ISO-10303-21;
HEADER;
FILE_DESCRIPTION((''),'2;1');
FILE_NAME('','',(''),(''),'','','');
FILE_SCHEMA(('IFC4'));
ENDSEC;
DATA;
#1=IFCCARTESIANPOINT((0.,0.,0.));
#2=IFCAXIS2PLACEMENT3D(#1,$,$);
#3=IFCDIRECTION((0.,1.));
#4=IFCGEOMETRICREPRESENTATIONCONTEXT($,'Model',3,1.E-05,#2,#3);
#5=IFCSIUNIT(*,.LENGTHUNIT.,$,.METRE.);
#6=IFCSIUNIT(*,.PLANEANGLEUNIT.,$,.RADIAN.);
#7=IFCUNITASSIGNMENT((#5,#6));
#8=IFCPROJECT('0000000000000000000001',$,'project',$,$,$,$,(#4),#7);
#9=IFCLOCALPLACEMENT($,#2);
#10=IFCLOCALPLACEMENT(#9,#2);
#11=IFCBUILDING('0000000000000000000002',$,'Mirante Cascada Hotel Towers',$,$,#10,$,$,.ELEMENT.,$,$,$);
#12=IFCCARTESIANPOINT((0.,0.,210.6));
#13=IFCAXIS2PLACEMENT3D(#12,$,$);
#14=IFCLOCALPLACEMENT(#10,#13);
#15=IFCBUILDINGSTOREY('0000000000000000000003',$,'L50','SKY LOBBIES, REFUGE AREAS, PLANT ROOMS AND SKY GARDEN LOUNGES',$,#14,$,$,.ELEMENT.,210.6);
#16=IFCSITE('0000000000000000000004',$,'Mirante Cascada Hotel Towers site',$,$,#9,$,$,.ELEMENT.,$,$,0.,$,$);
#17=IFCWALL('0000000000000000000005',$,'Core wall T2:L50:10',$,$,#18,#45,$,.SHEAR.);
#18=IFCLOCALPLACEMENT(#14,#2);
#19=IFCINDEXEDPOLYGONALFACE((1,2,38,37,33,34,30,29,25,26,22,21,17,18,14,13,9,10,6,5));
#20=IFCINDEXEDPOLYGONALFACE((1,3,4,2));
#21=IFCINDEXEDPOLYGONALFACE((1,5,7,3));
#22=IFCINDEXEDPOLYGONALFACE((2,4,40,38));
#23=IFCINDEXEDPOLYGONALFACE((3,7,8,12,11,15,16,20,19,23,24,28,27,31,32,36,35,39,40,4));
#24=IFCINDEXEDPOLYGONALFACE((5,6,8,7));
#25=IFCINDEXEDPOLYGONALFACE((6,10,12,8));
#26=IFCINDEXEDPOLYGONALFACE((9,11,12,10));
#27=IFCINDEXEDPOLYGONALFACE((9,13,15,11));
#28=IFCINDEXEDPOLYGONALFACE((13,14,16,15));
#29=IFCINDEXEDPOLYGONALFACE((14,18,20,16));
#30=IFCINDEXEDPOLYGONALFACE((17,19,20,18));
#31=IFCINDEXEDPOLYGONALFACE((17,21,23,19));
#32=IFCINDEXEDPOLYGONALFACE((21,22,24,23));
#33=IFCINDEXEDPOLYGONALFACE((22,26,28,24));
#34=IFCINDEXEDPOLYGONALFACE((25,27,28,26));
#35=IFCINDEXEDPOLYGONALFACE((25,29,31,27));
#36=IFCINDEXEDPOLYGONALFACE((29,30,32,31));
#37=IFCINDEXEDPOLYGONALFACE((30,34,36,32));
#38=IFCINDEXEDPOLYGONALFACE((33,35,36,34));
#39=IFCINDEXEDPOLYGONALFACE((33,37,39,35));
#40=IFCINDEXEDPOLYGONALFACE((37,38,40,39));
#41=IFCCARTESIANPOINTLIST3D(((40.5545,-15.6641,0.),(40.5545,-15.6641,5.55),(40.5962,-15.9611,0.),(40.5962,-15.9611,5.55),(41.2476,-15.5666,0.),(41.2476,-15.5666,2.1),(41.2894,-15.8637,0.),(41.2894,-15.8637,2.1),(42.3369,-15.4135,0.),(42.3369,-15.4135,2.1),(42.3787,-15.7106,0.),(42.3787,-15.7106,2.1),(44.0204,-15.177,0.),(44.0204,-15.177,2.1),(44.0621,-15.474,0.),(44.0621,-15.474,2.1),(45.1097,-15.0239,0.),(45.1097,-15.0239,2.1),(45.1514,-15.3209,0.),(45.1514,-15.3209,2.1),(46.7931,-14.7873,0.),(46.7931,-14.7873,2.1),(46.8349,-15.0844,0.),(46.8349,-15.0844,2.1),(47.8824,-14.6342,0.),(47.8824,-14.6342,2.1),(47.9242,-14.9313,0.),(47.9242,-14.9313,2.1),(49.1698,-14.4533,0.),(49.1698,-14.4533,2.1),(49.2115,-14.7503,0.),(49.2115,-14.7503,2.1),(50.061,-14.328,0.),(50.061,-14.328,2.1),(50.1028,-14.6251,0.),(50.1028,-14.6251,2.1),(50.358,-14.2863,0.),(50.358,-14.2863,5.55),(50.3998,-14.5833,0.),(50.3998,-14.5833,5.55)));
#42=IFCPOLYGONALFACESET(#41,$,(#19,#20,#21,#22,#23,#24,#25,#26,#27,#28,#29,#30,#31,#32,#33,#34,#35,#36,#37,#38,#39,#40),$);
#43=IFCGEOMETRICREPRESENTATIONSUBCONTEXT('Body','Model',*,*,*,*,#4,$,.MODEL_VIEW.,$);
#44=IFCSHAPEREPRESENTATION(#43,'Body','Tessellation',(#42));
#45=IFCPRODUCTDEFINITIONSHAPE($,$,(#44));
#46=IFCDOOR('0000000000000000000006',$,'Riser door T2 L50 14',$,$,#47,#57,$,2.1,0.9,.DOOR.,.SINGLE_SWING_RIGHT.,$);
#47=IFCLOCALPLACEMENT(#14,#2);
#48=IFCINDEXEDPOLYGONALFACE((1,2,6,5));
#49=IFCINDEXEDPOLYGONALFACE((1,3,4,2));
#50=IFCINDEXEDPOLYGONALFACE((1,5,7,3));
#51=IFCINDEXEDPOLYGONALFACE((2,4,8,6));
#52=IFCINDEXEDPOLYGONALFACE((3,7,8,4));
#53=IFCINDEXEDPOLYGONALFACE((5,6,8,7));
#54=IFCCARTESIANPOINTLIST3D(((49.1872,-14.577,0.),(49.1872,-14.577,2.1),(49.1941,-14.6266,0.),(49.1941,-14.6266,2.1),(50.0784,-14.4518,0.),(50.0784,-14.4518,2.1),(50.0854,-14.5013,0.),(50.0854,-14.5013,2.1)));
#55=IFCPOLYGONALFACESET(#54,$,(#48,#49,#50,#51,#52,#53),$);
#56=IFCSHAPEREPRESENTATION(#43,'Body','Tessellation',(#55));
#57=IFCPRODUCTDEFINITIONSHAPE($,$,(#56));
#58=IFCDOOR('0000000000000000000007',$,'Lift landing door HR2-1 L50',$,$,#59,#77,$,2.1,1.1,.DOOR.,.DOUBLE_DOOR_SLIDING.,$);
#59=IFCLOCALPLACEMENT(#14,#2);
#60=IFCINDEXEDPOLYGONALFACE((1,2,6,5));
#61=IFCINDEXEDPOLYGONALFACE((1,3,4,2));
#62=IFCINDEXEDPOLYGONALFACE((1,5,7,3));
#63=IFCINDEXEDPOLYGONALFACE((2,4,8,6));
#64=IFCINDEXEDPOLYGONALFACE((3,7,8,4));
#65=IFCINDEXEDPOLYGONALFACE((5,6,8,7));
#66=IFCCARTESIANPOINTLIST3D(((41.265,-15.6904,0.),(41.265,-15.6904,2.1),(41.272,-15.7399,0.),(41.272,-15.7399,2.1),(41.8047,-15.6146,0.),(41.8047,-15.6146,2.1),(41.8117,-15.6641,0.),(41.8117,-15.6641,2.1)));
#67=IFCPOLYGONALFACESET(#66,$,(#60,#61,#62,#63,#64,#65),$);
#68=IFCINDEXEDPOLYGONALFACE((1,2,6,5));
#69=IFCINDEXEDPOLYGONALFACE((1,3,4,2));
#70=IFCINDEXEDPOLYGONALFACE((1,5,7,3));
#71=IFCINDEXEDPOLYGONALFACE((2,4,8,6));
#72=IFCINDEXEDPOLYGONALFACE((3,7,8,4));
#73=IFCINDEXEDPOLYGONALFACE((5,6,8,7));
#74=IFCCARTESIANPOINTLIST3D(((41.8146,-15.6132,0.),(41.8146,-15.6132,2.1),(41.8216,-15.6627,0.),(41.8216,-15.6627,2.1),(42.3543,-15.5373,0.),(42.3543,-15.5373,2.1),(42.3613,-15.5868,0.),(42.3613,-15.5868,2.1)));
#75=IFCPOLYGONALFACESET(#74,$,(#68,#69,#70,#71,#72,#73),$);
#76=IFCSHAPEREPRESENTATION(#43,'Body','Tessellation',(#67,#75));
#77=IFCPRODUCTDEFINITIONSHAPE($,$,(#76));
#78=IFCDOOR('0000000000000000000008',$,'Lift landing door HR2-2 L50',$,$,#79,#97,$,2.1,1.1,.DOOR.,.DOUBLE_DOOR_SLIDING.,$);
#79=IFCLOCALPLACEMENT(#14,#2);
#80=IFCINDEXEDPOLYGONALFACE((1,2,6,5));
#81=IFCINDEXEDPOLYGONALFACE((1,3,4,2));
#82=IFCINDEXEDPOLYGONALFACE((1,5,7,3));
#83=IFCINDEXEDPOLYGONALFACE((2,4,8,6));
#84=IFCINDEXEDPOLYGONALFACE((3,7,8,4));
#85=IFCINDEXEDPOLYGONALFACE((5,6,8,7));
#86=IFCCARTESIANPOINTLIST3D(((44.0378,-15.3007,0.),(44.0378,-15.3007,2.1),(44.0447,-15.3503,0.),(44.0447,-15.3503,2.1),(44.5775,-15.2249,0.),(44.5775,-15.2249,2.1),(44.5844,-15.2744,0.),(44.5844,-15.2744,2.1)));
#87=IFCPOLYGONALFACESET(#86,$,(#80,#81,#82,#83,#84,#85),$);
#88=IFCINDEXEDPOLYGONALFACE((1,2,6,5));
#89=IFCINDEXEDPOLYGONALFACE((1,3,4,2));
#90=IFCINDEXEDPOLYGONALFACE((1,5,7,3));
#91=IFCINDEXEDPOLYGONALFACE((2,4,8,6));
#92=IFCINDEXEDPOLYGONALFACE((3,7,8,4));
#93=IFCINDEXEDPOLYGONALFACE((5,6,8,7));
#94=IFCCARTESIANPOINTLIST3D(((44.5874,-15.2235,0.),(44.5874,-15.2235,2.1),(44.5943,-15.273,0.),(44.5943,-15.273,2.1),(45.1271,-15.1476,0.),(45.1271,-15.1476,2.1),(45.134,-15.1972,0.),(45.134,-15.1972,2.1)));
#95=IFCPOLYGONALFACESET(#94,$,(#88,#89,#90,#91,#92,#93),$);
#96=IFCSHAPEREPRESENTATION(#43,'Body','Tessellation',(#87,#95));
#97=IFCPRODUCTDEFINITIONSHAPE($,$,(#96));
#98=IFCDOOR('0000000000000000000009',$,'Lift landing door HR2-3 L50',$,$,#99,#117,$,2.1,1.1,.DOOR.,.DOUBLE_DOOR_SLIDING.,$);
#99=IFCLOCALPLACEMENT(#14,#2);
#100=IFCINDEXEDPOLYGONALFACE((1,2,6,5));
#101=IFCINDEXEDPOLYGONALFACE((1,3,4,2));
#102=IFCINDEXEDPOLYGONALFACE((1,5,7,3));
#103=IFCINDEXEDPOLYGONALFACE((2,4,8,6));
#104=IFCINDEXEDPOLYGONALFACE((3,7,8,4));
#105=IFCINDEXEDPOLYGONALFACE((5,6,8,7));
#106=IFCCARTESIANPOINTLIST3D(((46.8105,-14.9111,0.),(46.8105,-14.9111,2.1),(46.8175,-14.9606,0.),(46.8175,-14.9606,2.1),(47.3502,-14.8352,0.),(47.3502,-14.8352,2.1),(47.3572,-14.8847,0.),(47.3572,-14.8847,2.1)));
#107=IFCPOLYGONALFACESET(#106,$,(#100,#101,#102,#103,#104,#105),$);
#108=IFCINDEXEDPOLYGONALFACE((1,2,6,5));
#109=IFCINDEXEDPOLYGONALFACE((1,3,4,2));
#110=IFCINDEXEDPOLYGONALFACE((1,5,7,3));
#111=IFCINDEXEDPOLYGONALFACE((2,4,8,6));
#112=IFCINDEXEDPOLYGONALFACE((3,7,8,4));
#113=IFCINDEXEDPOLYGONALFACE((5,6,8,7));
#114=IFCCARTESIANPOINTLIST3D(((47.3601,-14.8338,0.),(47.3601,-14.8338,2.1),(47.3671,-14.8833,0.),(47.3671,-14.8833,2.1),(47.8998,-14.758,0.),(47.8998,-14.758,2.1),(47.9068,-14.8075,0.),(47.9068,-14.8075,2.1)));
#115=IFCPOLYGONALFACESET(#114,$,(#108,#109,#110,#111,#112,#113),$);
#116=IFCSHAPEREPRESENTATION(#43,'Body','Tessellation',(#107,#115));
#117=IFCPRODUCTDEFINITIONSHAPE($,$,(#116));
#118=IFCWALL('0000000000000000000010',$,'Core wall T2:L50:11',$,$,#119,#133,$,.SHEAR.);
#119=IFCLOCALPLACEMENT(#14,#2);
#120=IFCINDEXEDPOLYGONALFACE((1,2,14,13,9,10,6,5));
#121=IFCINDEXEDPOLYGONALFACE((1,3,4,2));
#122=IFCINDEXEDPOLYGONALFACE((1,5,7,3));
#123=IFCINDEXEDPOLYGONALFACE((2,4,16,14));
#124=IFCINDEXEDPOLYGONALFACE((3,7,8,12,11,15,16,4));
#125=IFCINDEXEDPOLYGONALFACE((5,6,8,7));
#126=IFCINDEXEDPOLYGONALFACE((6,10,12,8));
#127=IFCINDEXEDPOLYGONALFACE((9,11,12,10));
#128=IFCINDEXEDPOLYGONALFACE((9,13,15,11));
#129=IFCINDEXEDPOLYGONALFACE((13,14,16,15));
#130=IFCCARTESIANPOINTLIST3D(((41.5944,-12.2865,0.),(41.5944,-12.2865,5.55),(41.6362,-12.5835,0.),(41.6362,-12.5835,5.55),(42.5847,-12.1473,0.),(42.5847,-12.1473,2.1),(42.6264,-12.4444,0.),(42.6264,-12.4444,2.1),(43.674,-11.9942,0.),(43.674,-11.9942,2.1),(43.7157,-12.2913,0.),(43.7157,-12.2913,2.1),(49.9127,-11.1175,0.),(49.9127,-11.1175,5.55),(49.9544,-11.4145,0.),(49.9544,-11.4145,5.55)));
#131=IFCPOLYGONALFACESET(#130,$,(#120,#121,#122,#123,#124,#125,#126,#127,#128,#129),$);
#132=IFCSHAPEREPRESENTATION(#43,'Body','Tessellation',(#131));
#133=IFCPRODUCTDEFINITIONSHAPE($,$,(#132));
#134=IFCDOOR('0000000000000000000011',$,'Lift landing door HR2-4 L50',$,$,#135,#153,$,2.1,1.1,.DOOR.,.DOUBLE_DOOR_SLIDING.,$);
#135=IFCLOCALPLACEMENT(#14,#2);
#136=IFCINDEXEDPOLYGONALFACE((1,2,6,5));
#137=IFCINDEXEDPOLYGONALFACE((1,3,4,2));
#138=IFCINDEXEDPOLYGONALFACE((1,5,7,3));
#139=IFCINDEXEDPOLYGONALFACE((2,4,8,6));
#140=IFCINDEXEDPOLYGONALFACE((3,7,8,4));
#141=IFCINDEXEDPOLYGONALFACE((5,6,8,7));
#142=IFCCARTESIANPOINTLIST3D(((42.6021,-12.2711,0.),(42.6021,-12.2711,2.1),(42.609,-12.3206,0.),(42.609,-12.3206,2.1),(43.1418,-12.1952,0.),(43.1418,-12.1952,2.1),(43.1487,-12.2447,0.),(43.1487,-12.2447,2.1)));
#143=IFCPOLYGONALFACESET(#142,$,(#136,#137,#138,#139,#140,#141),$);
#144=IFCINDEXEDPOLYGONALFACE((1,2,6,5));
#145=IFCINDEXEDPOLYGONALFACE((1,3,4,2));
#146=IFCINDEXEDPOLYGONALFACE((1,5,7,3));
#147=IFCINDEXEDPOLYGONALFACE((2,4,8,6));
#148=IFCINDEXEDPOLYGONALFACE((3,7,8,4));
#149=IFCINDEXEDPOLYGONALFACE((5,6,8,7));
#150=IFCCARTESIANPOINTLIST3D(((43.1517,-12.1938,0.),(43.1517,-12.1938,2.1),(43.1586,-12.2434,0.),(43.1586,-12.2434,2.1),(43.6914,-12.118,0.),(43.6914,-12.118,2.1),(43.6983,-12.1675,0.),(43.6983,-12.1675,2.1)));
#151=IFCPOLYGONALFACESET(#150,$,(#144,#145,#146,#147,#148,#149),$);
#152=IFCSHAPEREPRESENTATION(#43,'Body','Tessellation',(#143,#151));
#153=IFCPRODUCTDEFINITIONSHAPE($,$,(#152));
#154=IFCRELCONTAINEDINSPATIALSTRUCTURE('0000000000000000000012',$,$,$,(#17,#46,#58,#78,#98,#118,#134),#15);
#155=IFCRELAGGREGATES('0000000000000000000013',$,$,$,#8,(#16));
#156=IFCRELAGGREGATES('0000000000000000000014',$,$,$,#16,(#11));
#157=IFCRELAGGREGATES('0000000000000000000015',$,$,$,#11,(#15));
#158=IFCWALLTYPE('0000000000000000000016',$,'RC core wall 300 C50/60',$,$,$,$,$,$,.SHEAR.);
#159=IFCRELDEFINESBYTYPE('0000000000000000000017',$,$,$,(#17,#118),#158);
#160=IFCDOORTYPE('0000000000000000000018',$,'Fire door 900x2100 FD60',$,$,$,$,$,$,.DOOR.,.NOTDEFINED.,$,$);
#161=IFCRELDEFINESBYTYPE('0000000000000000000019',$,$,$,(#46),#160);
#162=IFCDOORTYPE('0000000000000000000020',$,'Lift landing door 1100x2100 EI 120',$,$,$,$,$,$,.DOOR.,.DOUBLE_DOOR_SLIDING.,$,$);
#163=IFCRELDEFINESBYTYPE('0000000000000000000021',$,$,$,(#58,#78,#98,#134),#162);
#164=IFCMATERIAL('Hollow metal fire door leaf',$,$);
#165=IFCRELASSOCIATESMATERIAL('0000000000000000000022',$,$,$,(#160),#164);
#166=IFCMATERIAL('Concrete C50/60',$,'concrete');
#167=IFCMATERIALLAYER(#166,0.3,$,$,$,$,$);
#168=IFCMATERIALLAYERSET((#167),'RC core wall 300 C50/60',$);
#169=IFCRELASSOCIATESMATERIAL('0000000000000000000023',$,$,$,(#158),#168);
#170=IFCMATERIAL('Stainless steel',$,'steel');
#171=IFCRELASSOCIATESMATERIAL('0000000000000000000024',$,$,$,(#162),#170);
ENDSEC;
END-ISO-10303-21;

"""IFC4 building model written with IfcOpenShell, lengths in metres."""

from ifc_helpers import new_model, si_unit, direction, frame, frame_2d, origin, place, context, subcontext, project, spatial, rectangle, extrude, material, layer, layer_set, type_object, element, fill, save


model = new_model("IFC4")

# Units and contexts
model_context = context("Model", 3, precision=1e-05, world=origin(), true_north=direction((0.0, 1.0)))
body_context = subcontext(model_context, "Body", "Model", "MODEL_VIEW")
ifc_project = project(units=[si_unit("LENGTHUNIT", "METRE"), si_unit("PLANEANGLEUNIT", "RADIAN")], contexts=[model_context])

# Site, building, storey
site_placement = place(None, origin())
site = spatial("IfcSite", under=ifc_project, at=site_placement, Name="Mirante Cascada Hotel Towers site", CompositionType="ELEMENT", RefElevation=0.0)
building_placement = place(site_placement, origin())
building = spatial("IfcBuilding", under=site, at=building_placement, Name="Mirante Cascada Hotel Towers", CompositionType="ELEMENT")
storey_placement = place(building_placement, frame((0.0, 0.0, 210.6)))
storey = spatial("IfcBuildingStorey", under=building, at=storey_placement, Name="L50", Description="SKY LOBBIES, REFUGE AREAS, PLANT ROOMS AND SKY GARDEN LOUNGES", CompositionType="ELEMENT", Elevation=210.6)

# Shared definitions
ifc_material_1 = material(Name="Hollow metal fire door leaf")
door_type_1 = type_object("IfcDoorType", Name="Fire door 900x2100 FD60", OperationType="NOTDEFINED", PredefinedType="DOOR", material=ifc_material_1)

# Shared definitions
ifc_material_2 = material(Name="Concrete C50/60", Category="concrete")
ifc_layer_1 = layer(ifc_material_2, 0.3)
ifc_layer_set_1 = layer_set([ifc_layer_1], Name="RC core wall 300 C50/60")
wall_type_1 = type_object("IfcWallType", Name="RC core wall 300 C50/60", PredefinedType="SHEAR", material=ifc_layer_set_1)

# Wall, openings, doors
wall_1_placement = place(storey_placement, frame((40.5753, -15.8126, 0.0), z_axis=(0.0, 0.0, 1.0), x_axis=(0.990268, 0.139173, 0.0)))
wall_1 = element("IfcWall", 1, at=wall_1_placement, inside=storey, type_object=wall_type_1, Name="Core wall T2:L50:10", PredefinedType="SHEAR", context=body_context, shape_type="SweptSolid", body=[
    extrude(rectangle(XDim=9.8999, YDim=0.3, at=frame_2d((4.95, 0.0))), origin(), (0.0, 0.0, 1.0), 5.55),
])
opening_1_placement = place(wall_1_placement, frame((0.7, 0.0, 0.0)))
opening_1 = element("IfcOpeningElement", 2, at=opening_1_placement, cuts=wall_1, PredefinedType="OPENING", context=body_context, shape_type="SweptSolid", body=[
    extrude(rectangle(XDim=1.1, YDim=2.1, at=frame_2d((0.55, 1.05))), frame((0.0, 0.15, 0.0), z_axis=(0.0, -1.0, 0.0), x_axis=(1.0, 0.0, 0.0)), (0.0, 0.0, 1.0), 0.3),
])
opening_2_placement = place(wall_1_placement, frame((3.5, 0.0, 0.0)))
opening_2 = element("IfcOpeningElement", 3, at=opening_2_placement, cuts=wall_1, PredefinedType="OPENING", context=body_context, shape_type="SweptSolid", body=[
    extrude(rectangle(XDim=1.1, YDim=2.1, at=frame_2d((0.55, 1.05))), frame((0.0, 0.15, 0.0), z_axis=(0.0, -1.0, 0.0), x_axis=(1.0, 0.0, 0.0)), (0.0, 0.0, 1.0), 0.3),
])
opening_3_placement = place(wall_1_placement, frame((6.3, 0.0, 0.0)))
opening_3 = element("IfcOpeningElement", 4, at=opening_3_placement, cuts=wall_1, PredefinedType="OPENING", context=body_context, shape_type="SweptSolid", body=[
    extrude(rectangle(XDim=1.1, YDim=2.1, at=frame_2d((0.55, 1.05))), frame((0.0, 0.15, 0.0), z_axis=(0.0, -1.0, 0.0), x_axis=(1.0, 0.0, 0.0)), (0.0, 0.0, 1.0), 0.3),
])
opening_4_placement = place(wall_1_placement, frame((8.7, 0.0, 0.0)))
opening_4 = element("IfcOpeningElement", 5, at=opening_4_placement, cuts=wall_1, PredefinedType="OPENING", context=body_context, shape_type="SweptSolid", body=[
    extrude(rectangle(XDim=0.9, YDim=2.1, at=frame_2d((0.45, 1.05))), frame((0.0, 0.15, 0.0), z_axis=(0.0, -1.0, 0.0), x_axis=(1.0, 0.0, 0.0)), (0.0, 0.0, 1.0), 0.3),
])
door_1_placement = place(opening_4_placement, frame((0.9, 0.0, 0.0), z_axis=(0.0, 0.0, 1.0), x_axis=(-1.0, 0.0, 0.0)))
door_1 = element("IfcDoor", 6, at=door_1_placement, inside=storey, type_object=door_type_1, Name="Riser door T2 L50 14", OperationType="SINGLE_SWING_RIGHT", OverallHeight=2.1, OverallWidth=0.9, PredefinedType="DOOR", context=body_context, shape_type="SweptSolid", body=[
    extrude(rectangle(XDim=0.9, YDim=2.1, at=frame_2d((0.45, 1.05))), frame((0.0, 0.025, 0.0), z_axis=(0.0, -1.0, 0.0), x_axis=(1.0, 0.0, 0.0)), (0.0, 0.0, 1.0), 0.05),
])
fill(opening_4, door_1)
ifc_material_3 = material(Name="Stainless steel", Category="steel")
door_type_2 = type_object("IfcDoorType", Name="Lift landing door 1100x2100 EI 120", OperationType="DOUBLE_DOOR_SLIDING", PredefinedType="DOOR", material=ifc_material_3)
door_2_placement = place(opening_1_placement, origin())
door_2 = element("IfcDoor", 7, at=door_2_placement, inside=storey, type_object=door_type_2, Name="Lift landing door HR2-1 L50", OperationType="DOUBLE_DOOR_SLIDING", OverallHeight=2.1, OverallWidth=1.1, PredefinedType="DOOR", context=body_context, shape_type="SweptSolid", body=[
    extrude(rectangle(XDim=0.545, YDim=2.1, at=frame_2d((0.2725, 1.05))), frame((0.0, 0.025, 0.0), z_axis=(0.0, -1.0, 0.0), x_axis=(1.0, 0.0, 0.0)), (0.0, 0.0, 1.0), 0.05),
    extrude(rectangle(XDim=0.545, YDim=2.1, at=frame_2d((0.8275, 1.05))), frame((0.0, 0.025, 0.0), z_axis=(0.0, -1.0, 0.0), x_axis=(1.0, 0.0, 0.0)), (0.0, 0.0, 1.0), 0.05),
])
fill(opening_1, door_2)
door_3_placement = place(opening_2_placement, origin())
door_3 = element("IfcDoor", 8, at=door_3_placement, inside=storey, type_object=door_type_2, Name="Lift landing door HR2-2 L50", OperationType="DOUBLE_DOOR_SLIDING", OverallHeight=2.1, OverallWidth=1.1, PredefinedType="DOOR", context=body_context, shape_type="SweptSolid", body=[
    extrude(rectangle(XDim=0.545, YDim=2.1, at=frame_2d((0.2725, 1.05))), frame((0.0, 0.025, 0.0), z_axis=(0.0, -1.0, 0.0), x_axis=(1.0, 0.0, 0.0)), (0.0, 0.0, 1.0), 0.05),
    extrude(rectangle(XDim=0.545, YDim=2.1, at=frame_2d((0.8275, 1.05))), frame((0.0, 0.025, 0.0), z_axis=(0.0, -1.0, 0.0), x_axis=(1.0, 0.0, 0.0)), (0.0, 0.0, 1.0), 0.05),
])
fill(opening_2, door_3)
door_4_placement = place(opening_3_placement, origin())
door_4 = element("IfcDoor", 9, at=door_4_placement, inside=storey, type_object=door_type_2, Name="Lift landing door HR2-3 L50", OperationType="DOUBLE_DOOR_SLIDING", OverallHeight=2.1, OverallWidth=1.1, PredefinedType="DOOR", context=body_context, shape_type="SweptSolid", body=[
    extrude(rectangle(XDim=0.545, YDim=2.1, at=frame_2d((0.2725, 1.05))), frame((0.0, 0.025, 0.0), z_axis=(0.0, -1.0, 0.0), x_axis=(1.0, 0.0, 0.0)), (0.0, 0.0, 1.0), 0.05),
    extrude(rectangle(XDim=0.545, YDim=2.1, at=frame_2d((0.8275, 1.05))), frame((0.0, 0.025, 0.0), z_axis=(0.0, -1.0, 0.0), x_axis=(1.0, 0.0, 0.0)), (0.0, 0.0, 1.0), 0.05),
])
fill(opening_3, door_4)

# Wall, opening, door
wall_2_placement = place(storey_placement, frame((41.6153, -12.435, 0.0), z_axis=(0.0, 0.0, 1.0), x_axis=(0.990269, 0.139166, 0.0)))
wall_2 = element("IfcWall", 10, at=wall_2_placement, inside=storey, type_object=wall_type_1, Name="Core wall T2:L50:11", PredefinedType="SHEAR", context=body_context, shape_type="SweptSolid", body=[
    extrude(rectangle(XDim=8.4, YDim=0.3, at=frame_2d((4.2, 0.0))), origin(), (0.0, 0.0, 1.0), 5.55),
])
opening_5_placement = place(wall_2_placement, frame((1.0, 0.0, 0.0)))
opening_5 = element("IfcOpeningElement", 11, at=opening_5_placement, cuts=wall_2, PredefinedType="OPENING", context=body_context, shape_type="SweptSolid", body=[
    extrude(rectangle(XDim=1.1, YDim=2.1, at=frame_2d((0.55, 1.05))), frame((0.0, 0.15, 0.0), z_axis=(0.0, -1.0, 0.0), x_axis=(1.0, 0.0, 0.0)), (0.0, 0.0, 1.0), 0.3),
])
door_5_placement = place(opening_5_placement, origin())
door_5 = element("IfcDoor", 12, at=door_5_placement, inside=storey, type_object=door_type_2, Name="Lift landing door HR2-4 L50", OperationType="DOUBLE_DOOR_SLIDING", OverallHeight=2.1, OverallWidth=1.1, PredefinedType="DOOR", context=body_context, shape_type="SweptSolid", body=[
    extrude(rectangle(XDim=0.545, YDim=2.1, at=frame_2d((0.2725, 1.05))), frame((0.0, 0.025, 0.0), z_axis=(0.0, -1.0, 0.0), x_axis=(1.0, 0.0, 0.0)), (0.0, 0.0, 1.0), 0.05),
    extrude(rectangle(XDim=0.545, YDim=2.1, at=frame_2d((0.8275, 1.05))), frame((0.0, 0.025, 0.0), z_axis=(0.0, -1.0, 0.0), x_axis=(1.0, 0.0, 0.0)), (0.0, 0.0, 1.0), 0.05),
])
fill(opening_5, door_5)

save(model, "model.ifc")
